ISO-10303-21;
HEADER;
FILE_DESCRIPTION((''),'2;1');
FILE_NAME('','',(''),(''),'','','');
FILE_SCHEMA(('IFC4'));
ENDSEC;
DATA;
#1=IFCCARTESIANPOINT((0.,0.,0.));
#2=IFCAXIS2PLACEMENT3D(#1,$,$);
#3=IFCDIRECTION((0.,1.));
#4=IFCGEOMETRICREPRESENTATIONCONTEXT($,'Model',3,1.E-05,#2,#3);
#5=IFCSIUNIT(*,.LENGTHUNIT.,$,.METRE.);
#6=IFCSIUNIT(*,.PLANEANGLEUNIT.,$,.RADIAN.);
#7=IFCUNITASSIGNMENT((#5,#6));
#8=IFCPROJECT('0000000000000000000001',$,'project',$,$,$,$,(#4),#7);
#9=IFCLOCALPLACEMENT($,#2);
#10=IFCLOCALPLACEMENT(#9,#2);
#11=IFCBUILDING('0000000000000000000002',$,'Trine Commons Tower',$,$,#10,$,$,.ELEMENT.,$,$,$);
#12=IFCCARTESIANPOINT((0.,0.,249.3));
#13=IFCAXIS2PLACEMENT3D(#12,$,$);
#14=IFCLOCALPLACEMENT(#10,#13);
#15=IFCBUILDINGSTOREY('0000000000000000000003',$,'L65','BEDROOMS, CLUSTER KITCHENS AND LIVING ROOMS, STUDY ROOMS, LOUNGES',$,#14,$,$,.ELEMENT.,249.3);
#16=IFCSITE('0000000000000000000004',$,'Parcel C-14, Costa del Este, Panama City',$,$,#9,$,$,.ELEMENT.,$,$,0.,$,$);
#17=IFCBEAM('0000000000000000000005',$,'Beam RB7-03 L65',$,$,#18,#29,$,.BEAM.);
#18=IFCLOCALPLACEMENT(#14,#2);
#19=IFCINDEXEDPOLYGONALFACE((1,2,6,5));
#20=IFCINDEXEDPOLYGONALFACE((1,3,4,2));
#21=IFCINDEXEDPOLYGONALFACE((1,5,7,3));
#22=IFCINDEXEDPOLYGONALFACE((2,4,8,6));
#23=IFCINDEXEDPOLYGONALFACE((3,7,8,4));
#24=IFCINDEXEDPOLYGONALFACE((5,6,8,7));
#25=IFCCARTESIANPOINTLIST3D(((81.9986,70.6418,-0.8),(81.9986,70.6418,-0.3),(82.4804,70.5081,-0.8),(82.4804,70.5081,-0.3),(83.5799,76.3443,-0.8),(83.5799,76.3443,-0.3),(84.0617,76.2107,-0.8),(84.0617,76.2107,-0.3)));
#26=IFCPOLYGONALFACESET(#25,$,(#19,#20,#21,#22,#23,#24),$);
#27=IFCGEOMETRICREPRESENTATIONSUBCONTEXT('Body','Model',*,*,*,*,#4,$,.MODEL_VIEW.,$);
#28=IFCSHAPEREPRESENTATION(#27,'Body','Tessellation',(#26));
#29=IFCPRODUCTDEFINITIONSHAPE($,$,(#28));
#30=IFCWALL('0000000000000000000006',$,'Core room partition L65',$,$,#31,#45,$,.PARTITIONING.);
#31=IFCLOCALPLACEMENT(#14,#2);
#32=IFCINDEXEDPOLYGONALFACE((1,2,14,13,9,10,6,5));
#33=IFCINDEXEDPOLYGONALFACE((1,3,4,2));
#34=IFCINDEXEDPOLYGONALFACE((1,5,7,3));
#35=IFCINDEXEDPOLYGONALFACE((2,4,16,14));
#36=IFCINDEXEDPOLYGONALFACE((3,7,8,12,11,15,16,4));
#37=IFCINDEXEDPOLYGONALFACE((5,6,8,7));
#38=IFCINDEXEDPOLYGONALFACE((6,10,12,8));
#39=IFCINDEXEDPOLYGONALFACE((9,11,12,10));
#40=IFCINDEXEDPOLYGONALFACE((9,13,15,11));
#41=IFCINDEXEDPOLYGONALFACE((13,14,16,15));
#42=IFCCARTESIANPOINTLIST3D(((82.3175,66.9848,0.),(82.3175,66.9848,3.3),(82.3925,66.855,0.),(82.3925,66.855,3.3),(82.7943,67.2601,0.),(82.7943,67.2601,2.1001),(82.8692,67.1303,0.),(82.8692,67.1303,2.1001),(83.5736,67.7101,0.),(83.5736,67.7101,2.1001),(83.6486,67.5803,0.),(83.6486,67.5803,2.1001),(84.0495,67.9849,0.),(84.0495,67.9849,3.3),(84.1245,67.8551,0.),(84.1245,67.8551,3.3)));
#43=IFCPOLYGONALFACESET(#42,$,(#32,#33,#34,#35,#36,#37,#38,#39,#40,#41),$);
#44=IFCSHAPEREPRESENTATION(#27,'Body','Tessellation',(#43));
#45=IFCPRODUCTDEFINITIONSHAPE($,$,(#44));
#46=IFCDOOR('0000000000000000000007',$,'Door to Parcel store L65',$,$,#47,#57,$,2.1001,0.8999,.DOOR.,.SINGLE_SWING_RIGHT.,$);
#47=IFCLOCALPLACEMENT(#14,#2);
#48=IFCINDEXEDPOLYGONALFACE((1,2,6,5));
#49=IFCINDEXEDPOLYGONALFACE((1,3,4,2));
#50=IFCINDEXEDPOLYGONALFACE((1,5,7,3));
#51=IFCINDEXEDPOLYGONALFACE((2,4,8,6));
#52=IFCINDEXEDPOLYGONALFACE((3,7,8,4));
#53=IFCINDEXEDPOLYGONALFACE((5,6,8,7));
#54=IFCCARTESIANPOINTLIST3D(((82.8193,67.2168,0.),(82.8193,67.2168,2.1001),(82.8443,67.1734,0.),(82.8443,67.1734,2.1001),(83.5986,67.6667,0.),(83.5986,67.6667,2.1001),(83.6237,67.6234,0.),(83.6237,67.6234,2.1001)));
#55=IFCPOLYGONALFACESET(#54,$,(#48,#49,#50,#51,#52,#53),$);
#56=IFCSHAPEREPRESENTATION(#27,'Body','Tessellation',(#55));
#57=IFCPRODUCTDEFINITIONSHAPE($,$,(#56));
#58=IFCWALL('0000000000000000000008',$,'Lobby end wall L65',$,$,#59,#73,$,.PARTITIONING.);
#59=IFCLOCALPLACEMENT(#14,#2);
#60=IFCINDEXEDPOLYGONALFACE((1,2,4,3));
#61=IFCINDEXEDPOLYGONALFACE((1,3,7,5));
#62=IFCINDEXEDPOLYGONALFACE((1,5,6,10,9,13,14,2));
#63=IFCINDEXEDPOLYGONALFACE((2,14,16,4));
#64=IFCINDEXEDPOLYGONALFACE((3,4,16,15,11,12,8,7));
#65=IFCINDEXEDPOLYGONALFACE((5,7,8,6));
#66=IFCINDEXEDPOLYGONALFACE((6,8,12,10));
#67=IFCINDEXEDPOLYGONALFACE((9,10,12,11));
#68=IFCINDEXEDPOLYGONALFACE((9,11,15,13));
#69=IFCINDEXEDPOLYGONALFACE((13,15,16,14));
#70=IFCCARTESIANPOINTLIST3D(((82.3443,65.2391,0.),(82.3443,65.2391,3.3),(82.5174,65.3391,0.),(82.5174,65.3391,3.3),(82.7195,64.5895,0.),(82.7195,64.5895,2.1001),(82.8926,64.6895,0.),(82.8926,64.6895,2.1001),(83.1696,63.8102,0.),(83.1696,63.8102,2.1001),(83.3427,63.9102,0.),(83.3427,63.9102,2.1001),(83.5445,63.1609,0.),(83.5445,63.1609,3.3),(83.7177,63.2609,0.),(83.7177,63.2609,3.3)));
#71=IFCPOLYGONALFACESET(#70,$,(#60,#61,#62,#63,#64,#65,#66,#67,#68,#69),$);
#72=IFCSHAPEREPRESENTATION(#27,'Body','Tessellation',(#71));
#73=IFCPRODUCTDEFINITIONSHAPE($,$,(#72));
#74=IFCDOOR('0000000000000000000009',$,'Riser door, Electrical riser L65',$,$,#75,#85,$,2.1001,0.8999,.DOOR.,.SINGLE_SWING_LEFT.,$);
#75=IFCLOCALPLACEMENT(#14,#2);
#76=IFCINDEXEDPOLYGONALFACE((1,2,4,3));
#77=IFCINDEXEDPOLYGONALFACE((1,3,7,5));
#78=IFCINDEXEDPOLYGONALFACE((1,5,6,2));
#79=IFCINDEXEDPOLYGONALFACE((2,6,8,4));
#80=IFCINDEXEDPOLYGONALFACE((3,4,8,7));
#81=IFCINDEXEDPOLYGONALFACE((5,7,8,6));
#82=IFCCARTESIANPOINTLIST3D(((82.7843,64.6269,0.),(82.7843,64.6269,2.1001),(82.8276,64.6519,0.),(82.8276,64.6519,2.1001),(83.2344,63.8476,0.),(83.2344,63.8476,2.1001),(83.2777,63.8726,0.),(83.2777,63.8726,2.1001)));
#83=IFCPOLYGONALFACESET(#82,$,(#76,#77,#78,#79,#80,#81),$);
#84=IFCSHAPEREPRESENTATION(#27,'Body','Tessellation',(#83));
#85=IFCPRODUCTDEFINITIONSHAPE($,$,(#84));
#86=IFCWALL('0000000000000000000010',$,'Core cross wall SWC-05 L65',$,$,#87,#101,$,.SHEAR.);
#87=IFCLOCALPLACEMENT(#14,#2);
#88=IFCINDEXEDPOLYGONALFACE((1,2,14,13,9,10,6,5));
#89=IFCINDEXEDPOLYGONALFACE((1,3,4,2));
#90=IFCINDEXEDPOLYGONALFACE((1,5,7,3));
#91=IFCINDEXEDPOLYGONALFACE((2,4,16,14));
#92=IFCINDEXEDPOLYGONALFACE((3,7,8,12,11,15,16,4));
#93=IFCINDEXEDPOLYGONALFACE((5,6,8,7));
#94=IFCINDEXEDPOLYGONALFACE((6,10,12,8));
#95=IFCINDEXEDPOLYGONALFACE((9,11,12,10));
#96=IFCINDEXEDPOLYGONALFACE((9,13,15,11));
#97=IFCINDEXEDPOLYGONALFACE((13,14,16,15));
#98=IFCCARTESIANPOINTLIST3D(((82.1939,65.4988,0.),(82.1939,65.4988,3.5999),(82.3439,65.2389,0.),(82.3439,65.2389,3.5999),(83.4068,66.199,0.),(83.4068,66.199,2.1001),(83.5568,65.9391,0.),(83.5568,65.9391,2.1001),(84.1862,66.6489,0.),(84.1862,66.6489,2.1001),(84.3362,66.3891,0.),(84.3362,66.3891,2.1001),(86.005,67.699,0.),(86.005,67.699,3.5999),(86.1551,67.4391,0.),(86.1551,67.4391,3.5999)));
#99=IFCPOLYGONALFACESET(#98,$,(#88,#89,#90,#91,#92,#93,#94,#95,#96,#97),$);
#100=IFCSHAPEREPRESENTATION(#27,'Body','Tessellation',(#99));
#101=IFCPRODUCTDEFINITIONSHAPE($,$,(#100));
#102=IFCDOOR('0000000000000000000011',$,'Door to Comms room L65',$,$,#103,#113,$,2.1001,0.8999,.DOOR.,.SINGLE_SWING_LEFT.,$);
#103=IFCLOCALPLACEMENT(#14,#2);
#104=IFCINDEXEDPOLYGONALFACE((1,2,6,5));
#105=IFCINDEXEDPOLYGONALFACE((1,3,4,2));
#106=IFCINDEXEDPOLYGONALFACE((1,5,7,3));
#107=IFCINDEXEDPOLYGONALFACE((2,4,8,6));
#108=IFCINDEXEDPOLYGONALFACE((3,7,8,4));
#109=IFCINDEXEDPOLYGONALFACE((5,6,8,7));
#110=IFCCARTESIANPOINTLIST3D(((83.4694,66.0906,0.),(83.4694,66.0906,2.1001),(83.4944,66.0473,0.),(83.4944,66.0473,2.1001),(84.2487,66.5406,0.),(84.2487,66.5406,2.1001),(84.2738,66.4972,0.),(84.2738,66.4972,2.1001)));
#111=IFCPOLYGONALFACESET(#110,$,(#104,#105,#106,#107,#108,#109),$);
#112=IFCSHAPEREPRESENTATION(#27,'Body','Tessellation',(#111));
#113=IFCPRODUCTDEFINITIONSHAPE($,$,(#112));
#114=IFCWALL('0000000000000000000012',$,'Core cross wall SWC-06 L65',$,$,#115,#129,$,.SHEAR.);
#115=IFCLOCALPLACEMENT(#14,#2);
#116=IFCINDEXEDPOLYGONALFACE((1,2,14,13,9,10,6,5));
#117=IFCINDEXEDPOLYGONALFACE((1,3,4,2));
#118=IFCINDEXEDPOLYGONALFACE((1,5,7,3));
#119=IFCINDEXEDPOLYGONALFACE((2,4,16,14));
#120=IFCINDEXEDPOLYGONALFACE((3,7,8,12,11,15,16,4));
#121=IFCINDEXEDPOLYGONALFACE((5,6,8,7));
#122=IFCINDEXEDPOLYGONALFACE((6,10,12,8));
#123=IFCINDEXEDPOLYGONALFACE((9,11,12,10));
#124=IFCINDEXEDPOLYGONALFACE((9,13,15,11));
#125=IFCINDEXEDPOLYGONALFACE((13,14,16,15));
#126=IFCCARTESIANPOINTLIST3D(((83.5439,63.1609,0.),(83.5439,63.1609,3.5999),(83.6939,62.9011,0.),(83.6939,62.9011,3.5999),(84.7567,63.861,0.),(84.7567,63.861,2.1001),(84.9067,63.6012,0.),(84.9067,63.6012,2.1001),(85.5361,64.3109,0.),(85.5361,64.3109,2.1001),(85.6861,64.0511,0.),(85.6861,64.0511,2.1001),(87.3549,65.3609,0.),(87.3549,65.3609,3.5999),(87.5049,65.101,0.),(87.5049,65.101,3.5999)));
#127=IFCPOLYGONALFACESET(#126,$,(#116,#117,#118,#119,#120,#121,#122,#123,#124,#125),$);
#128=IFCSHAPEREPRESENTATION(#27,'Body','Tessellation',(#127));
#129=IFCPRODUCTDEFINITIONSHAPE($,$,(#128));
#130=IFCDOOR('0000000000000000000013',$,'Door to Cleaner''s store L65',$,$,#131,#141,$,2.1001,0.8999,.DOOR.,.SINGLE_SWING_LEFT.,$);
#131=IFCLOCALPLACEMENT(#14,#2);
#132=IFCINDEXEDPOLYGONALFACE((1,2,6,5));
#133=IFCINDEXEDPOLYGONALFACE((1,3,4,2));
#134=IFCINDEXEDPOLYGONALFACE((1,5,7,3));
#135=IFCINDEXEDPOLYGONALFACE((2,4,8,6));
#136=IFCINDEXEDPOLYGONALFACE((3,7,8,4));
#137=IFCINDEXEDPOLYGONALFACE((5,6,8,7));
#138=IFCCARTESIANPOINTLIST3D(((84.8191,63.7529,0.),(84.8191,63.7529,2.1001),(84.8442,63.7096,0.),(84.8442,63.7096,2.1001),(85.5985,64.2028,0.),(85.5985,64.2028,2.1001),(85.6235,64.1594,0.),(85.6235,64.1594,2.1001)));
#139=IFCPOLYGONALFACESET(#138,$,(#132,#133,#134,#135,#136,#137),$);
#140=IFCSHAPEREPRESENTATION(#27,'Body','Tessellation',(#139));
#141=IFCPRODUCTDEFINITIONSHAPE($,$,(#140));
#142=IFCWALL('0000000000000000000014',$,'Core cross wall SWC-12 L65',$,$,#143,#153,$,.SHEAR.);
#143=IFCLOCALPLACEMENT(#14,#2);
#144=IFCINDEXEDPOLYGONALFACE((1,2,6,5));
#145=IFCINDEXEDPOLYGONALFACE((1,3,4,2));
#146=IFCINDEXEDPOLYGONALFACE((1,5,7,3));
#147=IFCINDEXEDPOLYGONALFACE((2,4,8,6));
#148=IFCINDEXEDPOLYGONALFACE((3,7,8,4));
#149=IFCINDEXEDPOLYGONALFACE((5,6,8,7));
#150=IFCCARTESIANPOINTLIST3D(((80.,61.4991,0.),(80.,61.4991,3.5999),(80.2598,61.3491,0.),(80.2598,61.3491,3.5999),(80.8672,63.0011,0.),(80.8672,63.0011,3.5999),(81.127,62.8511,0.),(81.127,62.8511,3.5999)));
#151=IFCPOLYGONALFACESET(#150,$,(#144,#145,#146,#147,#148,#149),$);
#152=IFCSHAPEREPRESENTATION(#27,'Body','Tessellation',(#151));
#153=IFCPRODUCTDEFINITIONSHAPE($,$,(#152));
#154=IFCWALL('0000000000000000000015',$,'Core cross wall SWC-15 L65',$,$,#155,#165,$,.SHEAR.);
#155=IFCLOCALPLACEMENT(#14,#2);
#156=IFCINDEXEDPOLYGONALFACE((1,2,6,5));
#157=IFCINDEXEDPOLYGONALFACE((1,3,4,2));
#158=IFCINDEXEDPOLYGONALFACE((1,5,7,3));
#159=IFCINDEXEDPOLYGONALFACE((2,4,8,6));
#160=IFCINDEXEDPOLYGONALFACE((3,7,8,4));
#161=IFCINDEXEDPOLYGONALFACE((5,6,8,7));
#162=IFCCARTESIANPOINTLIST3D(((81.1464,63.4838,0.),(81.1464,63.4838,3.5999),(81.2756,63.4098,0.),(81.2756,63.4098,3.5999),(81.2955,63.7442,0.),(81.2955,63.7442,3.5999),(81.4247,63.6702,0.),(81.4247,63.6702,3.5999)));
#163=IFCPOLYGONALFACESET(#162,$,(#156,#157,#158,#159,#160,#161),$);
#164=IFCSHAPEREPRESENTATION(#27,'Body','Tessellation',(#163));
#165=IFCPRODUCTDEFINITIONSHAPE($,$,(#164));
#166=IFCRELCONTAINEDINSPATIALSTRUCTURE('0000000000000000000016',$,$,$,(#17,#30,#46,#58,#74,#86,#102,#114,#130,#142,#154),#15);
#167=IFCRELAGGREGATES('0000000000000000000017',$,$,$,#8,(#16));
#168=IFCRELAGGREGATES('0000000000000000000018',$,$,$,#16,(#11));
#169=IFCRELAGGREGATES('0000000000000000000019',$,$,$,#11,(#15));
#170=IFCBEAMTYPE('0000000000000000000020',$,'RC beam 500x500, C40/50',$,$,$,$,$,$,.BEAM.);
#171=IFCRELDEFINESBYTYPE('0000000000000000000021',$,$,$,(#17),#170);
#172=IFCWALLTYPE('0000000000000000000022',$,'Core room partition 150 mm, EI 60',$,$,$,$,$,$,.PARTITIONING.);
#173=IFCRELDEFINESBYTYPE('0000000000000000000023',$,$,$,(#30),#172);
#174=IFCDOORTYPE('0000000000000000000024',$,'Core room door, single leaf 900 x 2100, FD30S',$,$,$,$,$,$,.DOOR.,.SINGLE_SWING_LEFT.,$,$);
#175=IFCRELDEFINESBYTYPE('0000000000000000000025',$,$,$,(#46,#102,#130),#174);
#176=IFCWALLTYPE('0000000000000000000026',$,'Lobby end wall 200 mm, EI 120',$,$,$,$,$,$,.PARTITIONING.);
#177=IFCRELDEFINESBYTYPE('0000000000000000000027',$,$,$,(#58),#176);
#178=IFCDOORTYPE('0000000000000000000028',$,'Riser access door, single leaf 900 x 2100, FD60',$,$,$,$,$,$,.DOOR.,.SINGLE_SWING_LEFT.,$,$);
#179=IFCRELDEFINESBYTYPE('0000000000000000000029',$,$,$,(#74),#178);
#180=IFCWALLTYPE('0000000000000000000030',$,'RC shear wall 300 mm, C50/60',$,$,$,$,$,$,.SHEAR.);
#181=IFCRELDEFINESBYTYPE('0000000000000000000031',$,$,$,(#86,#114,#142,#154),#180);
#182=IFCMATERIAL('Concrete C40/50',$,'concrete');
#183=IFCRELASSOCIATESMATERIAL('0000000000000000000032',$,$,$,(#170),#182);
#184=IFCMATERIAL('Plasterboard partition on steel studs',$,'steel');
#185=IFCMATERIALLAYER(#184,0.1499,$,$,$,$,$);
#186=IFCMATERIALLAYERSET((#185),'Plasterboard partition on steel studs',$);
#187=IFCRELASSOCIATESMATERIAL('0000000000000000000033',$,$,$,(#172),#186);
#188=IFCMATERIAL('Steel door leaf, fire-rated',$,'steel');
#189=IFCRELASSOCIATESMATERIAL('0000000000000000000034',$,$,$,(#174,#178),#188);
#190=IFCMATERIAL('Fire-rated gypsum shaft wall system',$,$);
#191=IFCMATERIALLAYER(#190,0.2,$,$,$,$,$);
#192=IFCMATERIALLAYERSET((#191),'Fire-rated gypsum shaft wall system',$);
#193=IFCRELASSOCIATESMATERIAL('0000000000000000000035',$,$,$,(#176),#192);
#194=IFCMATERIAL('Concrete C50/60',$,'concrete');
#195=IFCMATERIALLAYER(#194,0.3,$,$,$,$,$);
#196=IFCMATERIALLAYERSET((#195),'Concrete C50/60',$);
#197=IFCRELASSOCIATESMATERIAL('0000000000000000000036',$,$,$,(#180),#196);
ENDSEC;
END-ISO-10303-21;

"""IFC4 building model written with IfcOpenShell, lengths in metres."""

from ifc_helpers import new_model, si_unit, direction, frame, frame_2d, origin, origin_2d, place, context, subcontext, project, spatial, rectangle, extrude, material, layer, layer_set, material_profile, profile_set, type_object, element, fill, save


model = new_model("IFC4")

# Units and contexts
model_context = context("Model", 3, precision=1e-05, world=origin(), true_north=direction((0.0, 1.0)))
body_context = subcontext(model_context, "Body", "Model", "MODEL_VIEW")
ifc_project = project(units=[si_unit("LENGTHUNIT", "METRE"), si_unit("PLANEANGLEUNIT", "RADIAN")], contexts=[model_context])

# Site, building, storey
site_placement = place(None, origin())
site = spatial("IfcSite", under=ifc_project, at=site_placement, Name="Parcel C-14, Costa del Este, Panama City", CompositionType="ELEMENT", RefElevation=0.0)
building_placement = place(site_placement, origin())
building = spatial("IfcBuilding", under=site, at=building_placement, Name="Trine Commons Tower", CompositionType="ELEMENT")
storey_placement = place(building_placement, frame((0.0, 0.0, 249.3)))
storey = spatial("IfcBuildingStorey", under=building, at=storey_placement, Name="L65", Description="BEDROOMS, CLUSTER KITCHENS AND LIVING ROOMS, STUDY ROOMS, LOUNGES", CompositionType="ELEMENT", Elevation=249.3)

# Beam
ifc_material_1 = material(Name="Concrete C40/50", Category="concrete")
ifc_material_profile = material_profile(ifc_material_1, rectangle(XDim=0.5, YDim=0.5, at=origin_2d()), Name="RC 500x500")
ifc_profile_set = profile_set([ifc_material_profile], Name="Concrete C40/50")
beam_type = type_object("IfcBeamType", Name="RC beam 500x500, C40/50", PredefinedType="BEAM", material=ifc_profile_set)
beam_placement = place(storey_placement, frame((82.2395, 70.575, -0.55), z_axis=(0.26721, 0.963638, 0.0), x_axis=(-0.963638, 0.26721, 0.0)))
element("IfcBeam", 1, at=beam_placement, inside=storey, type_object=beam_type, Name="Beam RB7-03 L65", PredefinedType="BEAM", context=body_context, shape_type="SweptSolid", body=[
    extrude(rectangle(XDim=0.5, YDim=0.5, at=origin_2d()), origin(), (0.0, 0.0, 1.0), 5.9177),
])

# Walls, openings, doors
ifc_material_2 = material(Name="Plasterboard partition on steel studs", Category="steel")
ifc_layer_1 = layer(ifc_material_2, 0.1499)
ifc_layer_set_1 = layer_set([ifc_layer_1], Name="Plasterboard partition on steel studs")
wall_type_1 = type_object("IfcWallType", Name="Core room partition 150 mm, EI 60", PredefinedType="PARTITIONING", material=ifc_layer_set_1)
wall_1_placement = place(storey_placement, frame((82.355, 66.9199, 0.0), z_axis=(0.0, 0.0, 1.0), x_axis=(0.866011, 0.500025, 0.0)))
wall_1 = element("IfcWall", 2, at=wall_1_placement, inside=storey, type_object=wall_type_1, Name="Core room partition L65", PredefinedType="PARTITIONING", context=body_context, shape_type="SweptSolid", body=[
    extrude(rectangle(XDim=2.0, YDim=0.1499, at=frame_2d((1.0, 0.0))), origin(), (0.0, 0.0, 1.0), 3.3),
])
opening_1_placement = place(wall_1_placement, frame((0.5505, 0.0, 0.0)))
opening_1 = element("IfcOpeningElement", 3, at=opening_1_placement, cuts=wall_1, PredefinedType="OPENING", context=body_context, shape_type="SweptSolid", body=[
    extrude(rectangle(XDim=0.8999, YDim=2.1001, at=frame_2d((0.45, 1.05))), frame((0.0, 0.085, 0.0), z_axis=(0.0, -1.0, 0.0), x_axis=(1.0, 0.0, 0.0)), (0.0, 0.0, 1.0), 0.1699),
])
ifc_material_3 = material(Name="Steel door leaf, fire-rated", Category="steel")
door_type_1 = type_object("IfcDoorType", Name="Core room door, single leaf 900 x 2100, FD30S", OperationType="SINGLE_SWING_LEFT", PredefinedType="DOOR", material=ifc_material_3)
door_1_placement = place(opening_1_placement, origin())
door_1 = element("IfcDoor", 4, at=door_1_placement, inside=storey, type_object=door_type_1, Name="Door to Parcel store L65", OperationType="SINGLE_SWING_RIGHT", OverallHeight=2.1001, OverallWidth=0.8999, PredefinedType="DOOR", context=body_context, shape_type="SweptSolid", body=[
    extrude(rectangle(XDim=0.8999, YDim=2.1001, at=frame_2d((0.45, 1.05))), frame((0.0, 0.0249, 0.0), z_axis=(0.0, -1.0, 0.0), x_axis=(1.0, 0.0, 0.0)), (0.0, 0.0, 1.0), 0.05),
])
fill(opening_1, door_1)
ifc_material_4 = material(Name="Fire-rated gypsum shaft wall system")
ifc_layer_2 = layer(ifc_material_4, 0.2)
ifc_layer_set_2 = layer_set([ifc_layer_2], Name="Fire-rated gypsum shaft wall system")
wall_type_2 = type_object("IfcWallType", Name="Lobby end wall 200 mm, EI 120", PredefinedType="PARTITIONING", material=ifc_layer_set_2)
wall_2_placement = place(storey_placement, frame((83.6311, 63.2109, 0.0), z_axis=(0.0, 0.0, 1.0), x_axis=(-0.500122, 0.865955, 0.0)))
wall_2 = element("IfcWall", 5, at=wall_2_placement, inside=storey, type_object=wall_type_2, Name="Lobby end wall L65", PredefinedType="PARTITIONING", context=body_context, shape_type="SweptSolid", body=[
    extrude(rectangle(XDim=2.3999, YDim=0.2, at=frame_2d((1.2, 0.0))), origin(), (0.0, 0.0, 1.0), 3.3),
])
opening_2_placement = place(wall_2_placement, frame((0.7498, 0.0, 0.0)))
opening_2 = element("IfcOpeningElement", 6, at=opening_2_placement, cuts=wall_2, PredefinedType="OPENING", context=body_context, shape_type="SweptSolid", body=[
    extrude(rectangle(XDim=0.8999, YDim=2.1001, at=frame_2d((0.45, 1.05))), frame((0.0, 0.1099, 0.0), z_axis=(0.0, -1.0, 0.0), x_axis=(1.0, 0.0, 0.0)), (0.0, 0.0, 1.0), 0.22),
])
door_type_2 = type_object("IfcDoorType", Name="Riser access door, single leaf 900 x 2100, FD60", OperationType="SINGLE_SWING_LEFT", PredefinedType="DOOR", material=ifc_material_3)
door_2_placement = place(opening_2_placement, frame((0.8999, 0.0, 0.0), z_axis=(0.0, 0.0, 1.0), x_axis=(-1.0, 0.0, 0.0)))
door_2 = element("IfcDoor", 7, at=door_2_placement, inside=storey, type_object=door_type_2, Name="Riser door, Electrical riser L65", OperationType="SINGLE_SWING_LEFT", OverallHeight=2.1001, OverallWidth=0.8999, PredefinedType="DOOR", context=body_context, shape_type="SweptSolid", body=[
    extrude(rectangle(XDim=0.8999, YDim=2.1001, at=frame_2d((0.45, 1.05))), frame((0.0, 0.0249, 0.0), z_axis=(0.0, -1.0, 0.0), x_axis=(1.0, 0.0, 0.0)), (0.0, 0.0, 1.0), 0.05),
])
fill(opening_2, door_2)
ifc_material_5 = material(Name="Concrete C50/60", Category="concrete")
ifc_layer_3 = layer(ifc_material_5, 0.3)
ifc_layer_set_3 = layer_set([ifc_layer_3], Name="Concrete C50/60")
wall_type_3 = type_object("IfcWallType", Name="RC shear wall 300 mm, C50/60", PredefinedType="SHEAR", material=ifc_layer_set_3)
wall_3_placement = place(storey_placement, frame((82.269, 65.3689, 0.0), z_axis=(0.0, 0.0, 1.0), x_axis=(0.866036, 0.499982, 0.0)))
wall_3 = element("IfcWall", 8, at=wall_3_placement, inside=storey, type_object=wall_type_3, Name="Core cross wall SWC-05 L65", PredefinedType="SHEAR", context=body_context, shape_type="SweptSolid", body=[
    extrude(rectangle(XDim=4.4006, YDim=0.3, at=frame_2d((2.2002, 0.0))), origin(), (0.0, 0.0, 1.0), 3.5999),
])
opening_3_placement = place(wall_3_placement, frame((1.4004, 0.0, 0.0)))
opening_3 = element("IfcOpeningElement", 9, at=opening_3_placement, cuts=wall_3, PredefinedType="OPENING", context=body_context, shape_type="SweptSolid", body=[
    extrude(rectangle(XDim=0.8999, YDim=2.1001, at=frame_2d((0.45, 1.05))), frame((0.0, 0.1599, 0.0), z_axis=(0.0, -1.0, 0.0), x_axis=(1.0, 0.0, 0.0)), (0.0, 0.0, 1.0), 0.3201),
])
door_3_placement = place(opening_3_placement, origin())
door_3 = element("IfcDoor", 10, at=door_3_placement, inside=storey, type_object=door_type_1, Name="Door to Comms room L65", OperationType="SINGLE_SWING_LEFT", OverallHeight=2.1001, OverallWidth=0.8999, PredefinedType="DOOR", context=body_context, shape_type="SweptSolid", body=[
    extrude(rectangle(XDim=0.8999, YDim=2.1001, at=frame_2d((0.45, 1.05))), frame((0.0, 0.0249, 0.0), z_axis=(0.0, -1.0, 0.0), x_axis=(1.0, 0.0, 0.0)), (0.0, 0.0, 1.0), 0.05),
])
fill(opening_3, door_3)
wall_4_placement = place(storey_placement, frame((83.6189, 63.031, 0.0), z_axis=(0.0, 0.0, 1.0), x_axis=(0.86606, 0.49994, 0.0)))
wall_4 = element("IfcWall", 11, at=wall_4_placement, inside=storey, type_object=wall_type_3, Name="Core cross wall SWC-06 L65", PredefinedType="SHEAR", context=body_context, shape_type="SweptSolid", body=[
    extrude(rectangle(XDim=4.4004, YDim=0.3, at=frame_2d((2.2002, 0.0))), origin(), (0.0, 0.0, 1.0), 3.5999),
])
opening_4_placement = place(wall_4_placement, frame((1.4004, 0.0, 0.0)))
opening_4 = element("IfcOpeningElement", 12, at=opening_4_placement, cuts=wall_4, PredefinedType="OPENING", context=body_context, shape_type="SweptSolid", body=[
    extrude(rectangle(XDim=0.8999, YDim=2.1001, at=frame_2d((0.45, 1.05))), frame((0.0, 0.1599, 0.0), z_axis=(0.0, -1.0, 0.0), x_axis=(1.0, 0.0, 0.0)), (0.0, 0.0, 1.0), 0.3201),
])
door_4_placement = place(opening_4_placement, frame((0.8999, 0.0, 0.0), z_axis=(0.0, 0.0, 1.0), x_axis=(-1.0, 0.0, 0.0)))
door_4 = element("IfcDoor", 13, at=door_4_placement, inside=storey, type_object=door_type_1, Name="Door to Cleaner's store L65", OperationType="SINGLE_SWING_LEFT", OverallHeight=2.1001, OverallWidth=0.8999, PredefinedType="DOOR", context=body_context, shape_type="SweptSolid", body=[
    extrude(rectangle(XDim=0.8999, YDim=2.1001, at=frame_2d((0.45, 1.05))), frame((0.0, 0.0249, 0.0), z_axis=(0.0, -1.0, 0.0), x_axis=(1.0, 0.0, 0.0)), (0.0, 0.0, 1.0), 0.05),
])
fill(opening_4, door_4)

# Walls
wall_5_placement = place(storey_placement, frame((80.1299, 61.4241, 0.0), z_axis=(0.0, 0.0, 1.0), x_axis=(0.500015, 0.866017, 0.0)))
element("IfcWall", 14, at=wall_5_placement, inside=storey, type_object=wall_type_3, Name="Core cross wall SWC-12 L65", PredefinedType="SHEAR", context=body_context, shape_type="SweptSolid", body=[
    extrude(rectangle(XDim=1.7344, YDim=0.3, at=frame_2d((0.8672, 0.0))), origin(), (0.0, 0.0, 1.0), 3.5999),
])
wall_6_placement = place(storey_placement, frame((81.2209, 63.614, 0.0), z_axis=(0.0, 0.0, 1.0), x_axis=(0.867738, -0.497022, 0.0)))
element("IfcWall", 15, at=wall_6_placement, inside=storey, type_object=wall_type_3, Name="Core cross wall SWC-15 L65", PredefinedType="SHEAR", context=body_context, shape_type="SweptSolid", body=[
    extrude(rectangle(XDim=0.1489, YDim=0.3, at=frame_2d((0.0745, 0.0))), origin(), (0.0, 0.0, 1.0), 3.5999),
])

save(model, "model.ifc")
